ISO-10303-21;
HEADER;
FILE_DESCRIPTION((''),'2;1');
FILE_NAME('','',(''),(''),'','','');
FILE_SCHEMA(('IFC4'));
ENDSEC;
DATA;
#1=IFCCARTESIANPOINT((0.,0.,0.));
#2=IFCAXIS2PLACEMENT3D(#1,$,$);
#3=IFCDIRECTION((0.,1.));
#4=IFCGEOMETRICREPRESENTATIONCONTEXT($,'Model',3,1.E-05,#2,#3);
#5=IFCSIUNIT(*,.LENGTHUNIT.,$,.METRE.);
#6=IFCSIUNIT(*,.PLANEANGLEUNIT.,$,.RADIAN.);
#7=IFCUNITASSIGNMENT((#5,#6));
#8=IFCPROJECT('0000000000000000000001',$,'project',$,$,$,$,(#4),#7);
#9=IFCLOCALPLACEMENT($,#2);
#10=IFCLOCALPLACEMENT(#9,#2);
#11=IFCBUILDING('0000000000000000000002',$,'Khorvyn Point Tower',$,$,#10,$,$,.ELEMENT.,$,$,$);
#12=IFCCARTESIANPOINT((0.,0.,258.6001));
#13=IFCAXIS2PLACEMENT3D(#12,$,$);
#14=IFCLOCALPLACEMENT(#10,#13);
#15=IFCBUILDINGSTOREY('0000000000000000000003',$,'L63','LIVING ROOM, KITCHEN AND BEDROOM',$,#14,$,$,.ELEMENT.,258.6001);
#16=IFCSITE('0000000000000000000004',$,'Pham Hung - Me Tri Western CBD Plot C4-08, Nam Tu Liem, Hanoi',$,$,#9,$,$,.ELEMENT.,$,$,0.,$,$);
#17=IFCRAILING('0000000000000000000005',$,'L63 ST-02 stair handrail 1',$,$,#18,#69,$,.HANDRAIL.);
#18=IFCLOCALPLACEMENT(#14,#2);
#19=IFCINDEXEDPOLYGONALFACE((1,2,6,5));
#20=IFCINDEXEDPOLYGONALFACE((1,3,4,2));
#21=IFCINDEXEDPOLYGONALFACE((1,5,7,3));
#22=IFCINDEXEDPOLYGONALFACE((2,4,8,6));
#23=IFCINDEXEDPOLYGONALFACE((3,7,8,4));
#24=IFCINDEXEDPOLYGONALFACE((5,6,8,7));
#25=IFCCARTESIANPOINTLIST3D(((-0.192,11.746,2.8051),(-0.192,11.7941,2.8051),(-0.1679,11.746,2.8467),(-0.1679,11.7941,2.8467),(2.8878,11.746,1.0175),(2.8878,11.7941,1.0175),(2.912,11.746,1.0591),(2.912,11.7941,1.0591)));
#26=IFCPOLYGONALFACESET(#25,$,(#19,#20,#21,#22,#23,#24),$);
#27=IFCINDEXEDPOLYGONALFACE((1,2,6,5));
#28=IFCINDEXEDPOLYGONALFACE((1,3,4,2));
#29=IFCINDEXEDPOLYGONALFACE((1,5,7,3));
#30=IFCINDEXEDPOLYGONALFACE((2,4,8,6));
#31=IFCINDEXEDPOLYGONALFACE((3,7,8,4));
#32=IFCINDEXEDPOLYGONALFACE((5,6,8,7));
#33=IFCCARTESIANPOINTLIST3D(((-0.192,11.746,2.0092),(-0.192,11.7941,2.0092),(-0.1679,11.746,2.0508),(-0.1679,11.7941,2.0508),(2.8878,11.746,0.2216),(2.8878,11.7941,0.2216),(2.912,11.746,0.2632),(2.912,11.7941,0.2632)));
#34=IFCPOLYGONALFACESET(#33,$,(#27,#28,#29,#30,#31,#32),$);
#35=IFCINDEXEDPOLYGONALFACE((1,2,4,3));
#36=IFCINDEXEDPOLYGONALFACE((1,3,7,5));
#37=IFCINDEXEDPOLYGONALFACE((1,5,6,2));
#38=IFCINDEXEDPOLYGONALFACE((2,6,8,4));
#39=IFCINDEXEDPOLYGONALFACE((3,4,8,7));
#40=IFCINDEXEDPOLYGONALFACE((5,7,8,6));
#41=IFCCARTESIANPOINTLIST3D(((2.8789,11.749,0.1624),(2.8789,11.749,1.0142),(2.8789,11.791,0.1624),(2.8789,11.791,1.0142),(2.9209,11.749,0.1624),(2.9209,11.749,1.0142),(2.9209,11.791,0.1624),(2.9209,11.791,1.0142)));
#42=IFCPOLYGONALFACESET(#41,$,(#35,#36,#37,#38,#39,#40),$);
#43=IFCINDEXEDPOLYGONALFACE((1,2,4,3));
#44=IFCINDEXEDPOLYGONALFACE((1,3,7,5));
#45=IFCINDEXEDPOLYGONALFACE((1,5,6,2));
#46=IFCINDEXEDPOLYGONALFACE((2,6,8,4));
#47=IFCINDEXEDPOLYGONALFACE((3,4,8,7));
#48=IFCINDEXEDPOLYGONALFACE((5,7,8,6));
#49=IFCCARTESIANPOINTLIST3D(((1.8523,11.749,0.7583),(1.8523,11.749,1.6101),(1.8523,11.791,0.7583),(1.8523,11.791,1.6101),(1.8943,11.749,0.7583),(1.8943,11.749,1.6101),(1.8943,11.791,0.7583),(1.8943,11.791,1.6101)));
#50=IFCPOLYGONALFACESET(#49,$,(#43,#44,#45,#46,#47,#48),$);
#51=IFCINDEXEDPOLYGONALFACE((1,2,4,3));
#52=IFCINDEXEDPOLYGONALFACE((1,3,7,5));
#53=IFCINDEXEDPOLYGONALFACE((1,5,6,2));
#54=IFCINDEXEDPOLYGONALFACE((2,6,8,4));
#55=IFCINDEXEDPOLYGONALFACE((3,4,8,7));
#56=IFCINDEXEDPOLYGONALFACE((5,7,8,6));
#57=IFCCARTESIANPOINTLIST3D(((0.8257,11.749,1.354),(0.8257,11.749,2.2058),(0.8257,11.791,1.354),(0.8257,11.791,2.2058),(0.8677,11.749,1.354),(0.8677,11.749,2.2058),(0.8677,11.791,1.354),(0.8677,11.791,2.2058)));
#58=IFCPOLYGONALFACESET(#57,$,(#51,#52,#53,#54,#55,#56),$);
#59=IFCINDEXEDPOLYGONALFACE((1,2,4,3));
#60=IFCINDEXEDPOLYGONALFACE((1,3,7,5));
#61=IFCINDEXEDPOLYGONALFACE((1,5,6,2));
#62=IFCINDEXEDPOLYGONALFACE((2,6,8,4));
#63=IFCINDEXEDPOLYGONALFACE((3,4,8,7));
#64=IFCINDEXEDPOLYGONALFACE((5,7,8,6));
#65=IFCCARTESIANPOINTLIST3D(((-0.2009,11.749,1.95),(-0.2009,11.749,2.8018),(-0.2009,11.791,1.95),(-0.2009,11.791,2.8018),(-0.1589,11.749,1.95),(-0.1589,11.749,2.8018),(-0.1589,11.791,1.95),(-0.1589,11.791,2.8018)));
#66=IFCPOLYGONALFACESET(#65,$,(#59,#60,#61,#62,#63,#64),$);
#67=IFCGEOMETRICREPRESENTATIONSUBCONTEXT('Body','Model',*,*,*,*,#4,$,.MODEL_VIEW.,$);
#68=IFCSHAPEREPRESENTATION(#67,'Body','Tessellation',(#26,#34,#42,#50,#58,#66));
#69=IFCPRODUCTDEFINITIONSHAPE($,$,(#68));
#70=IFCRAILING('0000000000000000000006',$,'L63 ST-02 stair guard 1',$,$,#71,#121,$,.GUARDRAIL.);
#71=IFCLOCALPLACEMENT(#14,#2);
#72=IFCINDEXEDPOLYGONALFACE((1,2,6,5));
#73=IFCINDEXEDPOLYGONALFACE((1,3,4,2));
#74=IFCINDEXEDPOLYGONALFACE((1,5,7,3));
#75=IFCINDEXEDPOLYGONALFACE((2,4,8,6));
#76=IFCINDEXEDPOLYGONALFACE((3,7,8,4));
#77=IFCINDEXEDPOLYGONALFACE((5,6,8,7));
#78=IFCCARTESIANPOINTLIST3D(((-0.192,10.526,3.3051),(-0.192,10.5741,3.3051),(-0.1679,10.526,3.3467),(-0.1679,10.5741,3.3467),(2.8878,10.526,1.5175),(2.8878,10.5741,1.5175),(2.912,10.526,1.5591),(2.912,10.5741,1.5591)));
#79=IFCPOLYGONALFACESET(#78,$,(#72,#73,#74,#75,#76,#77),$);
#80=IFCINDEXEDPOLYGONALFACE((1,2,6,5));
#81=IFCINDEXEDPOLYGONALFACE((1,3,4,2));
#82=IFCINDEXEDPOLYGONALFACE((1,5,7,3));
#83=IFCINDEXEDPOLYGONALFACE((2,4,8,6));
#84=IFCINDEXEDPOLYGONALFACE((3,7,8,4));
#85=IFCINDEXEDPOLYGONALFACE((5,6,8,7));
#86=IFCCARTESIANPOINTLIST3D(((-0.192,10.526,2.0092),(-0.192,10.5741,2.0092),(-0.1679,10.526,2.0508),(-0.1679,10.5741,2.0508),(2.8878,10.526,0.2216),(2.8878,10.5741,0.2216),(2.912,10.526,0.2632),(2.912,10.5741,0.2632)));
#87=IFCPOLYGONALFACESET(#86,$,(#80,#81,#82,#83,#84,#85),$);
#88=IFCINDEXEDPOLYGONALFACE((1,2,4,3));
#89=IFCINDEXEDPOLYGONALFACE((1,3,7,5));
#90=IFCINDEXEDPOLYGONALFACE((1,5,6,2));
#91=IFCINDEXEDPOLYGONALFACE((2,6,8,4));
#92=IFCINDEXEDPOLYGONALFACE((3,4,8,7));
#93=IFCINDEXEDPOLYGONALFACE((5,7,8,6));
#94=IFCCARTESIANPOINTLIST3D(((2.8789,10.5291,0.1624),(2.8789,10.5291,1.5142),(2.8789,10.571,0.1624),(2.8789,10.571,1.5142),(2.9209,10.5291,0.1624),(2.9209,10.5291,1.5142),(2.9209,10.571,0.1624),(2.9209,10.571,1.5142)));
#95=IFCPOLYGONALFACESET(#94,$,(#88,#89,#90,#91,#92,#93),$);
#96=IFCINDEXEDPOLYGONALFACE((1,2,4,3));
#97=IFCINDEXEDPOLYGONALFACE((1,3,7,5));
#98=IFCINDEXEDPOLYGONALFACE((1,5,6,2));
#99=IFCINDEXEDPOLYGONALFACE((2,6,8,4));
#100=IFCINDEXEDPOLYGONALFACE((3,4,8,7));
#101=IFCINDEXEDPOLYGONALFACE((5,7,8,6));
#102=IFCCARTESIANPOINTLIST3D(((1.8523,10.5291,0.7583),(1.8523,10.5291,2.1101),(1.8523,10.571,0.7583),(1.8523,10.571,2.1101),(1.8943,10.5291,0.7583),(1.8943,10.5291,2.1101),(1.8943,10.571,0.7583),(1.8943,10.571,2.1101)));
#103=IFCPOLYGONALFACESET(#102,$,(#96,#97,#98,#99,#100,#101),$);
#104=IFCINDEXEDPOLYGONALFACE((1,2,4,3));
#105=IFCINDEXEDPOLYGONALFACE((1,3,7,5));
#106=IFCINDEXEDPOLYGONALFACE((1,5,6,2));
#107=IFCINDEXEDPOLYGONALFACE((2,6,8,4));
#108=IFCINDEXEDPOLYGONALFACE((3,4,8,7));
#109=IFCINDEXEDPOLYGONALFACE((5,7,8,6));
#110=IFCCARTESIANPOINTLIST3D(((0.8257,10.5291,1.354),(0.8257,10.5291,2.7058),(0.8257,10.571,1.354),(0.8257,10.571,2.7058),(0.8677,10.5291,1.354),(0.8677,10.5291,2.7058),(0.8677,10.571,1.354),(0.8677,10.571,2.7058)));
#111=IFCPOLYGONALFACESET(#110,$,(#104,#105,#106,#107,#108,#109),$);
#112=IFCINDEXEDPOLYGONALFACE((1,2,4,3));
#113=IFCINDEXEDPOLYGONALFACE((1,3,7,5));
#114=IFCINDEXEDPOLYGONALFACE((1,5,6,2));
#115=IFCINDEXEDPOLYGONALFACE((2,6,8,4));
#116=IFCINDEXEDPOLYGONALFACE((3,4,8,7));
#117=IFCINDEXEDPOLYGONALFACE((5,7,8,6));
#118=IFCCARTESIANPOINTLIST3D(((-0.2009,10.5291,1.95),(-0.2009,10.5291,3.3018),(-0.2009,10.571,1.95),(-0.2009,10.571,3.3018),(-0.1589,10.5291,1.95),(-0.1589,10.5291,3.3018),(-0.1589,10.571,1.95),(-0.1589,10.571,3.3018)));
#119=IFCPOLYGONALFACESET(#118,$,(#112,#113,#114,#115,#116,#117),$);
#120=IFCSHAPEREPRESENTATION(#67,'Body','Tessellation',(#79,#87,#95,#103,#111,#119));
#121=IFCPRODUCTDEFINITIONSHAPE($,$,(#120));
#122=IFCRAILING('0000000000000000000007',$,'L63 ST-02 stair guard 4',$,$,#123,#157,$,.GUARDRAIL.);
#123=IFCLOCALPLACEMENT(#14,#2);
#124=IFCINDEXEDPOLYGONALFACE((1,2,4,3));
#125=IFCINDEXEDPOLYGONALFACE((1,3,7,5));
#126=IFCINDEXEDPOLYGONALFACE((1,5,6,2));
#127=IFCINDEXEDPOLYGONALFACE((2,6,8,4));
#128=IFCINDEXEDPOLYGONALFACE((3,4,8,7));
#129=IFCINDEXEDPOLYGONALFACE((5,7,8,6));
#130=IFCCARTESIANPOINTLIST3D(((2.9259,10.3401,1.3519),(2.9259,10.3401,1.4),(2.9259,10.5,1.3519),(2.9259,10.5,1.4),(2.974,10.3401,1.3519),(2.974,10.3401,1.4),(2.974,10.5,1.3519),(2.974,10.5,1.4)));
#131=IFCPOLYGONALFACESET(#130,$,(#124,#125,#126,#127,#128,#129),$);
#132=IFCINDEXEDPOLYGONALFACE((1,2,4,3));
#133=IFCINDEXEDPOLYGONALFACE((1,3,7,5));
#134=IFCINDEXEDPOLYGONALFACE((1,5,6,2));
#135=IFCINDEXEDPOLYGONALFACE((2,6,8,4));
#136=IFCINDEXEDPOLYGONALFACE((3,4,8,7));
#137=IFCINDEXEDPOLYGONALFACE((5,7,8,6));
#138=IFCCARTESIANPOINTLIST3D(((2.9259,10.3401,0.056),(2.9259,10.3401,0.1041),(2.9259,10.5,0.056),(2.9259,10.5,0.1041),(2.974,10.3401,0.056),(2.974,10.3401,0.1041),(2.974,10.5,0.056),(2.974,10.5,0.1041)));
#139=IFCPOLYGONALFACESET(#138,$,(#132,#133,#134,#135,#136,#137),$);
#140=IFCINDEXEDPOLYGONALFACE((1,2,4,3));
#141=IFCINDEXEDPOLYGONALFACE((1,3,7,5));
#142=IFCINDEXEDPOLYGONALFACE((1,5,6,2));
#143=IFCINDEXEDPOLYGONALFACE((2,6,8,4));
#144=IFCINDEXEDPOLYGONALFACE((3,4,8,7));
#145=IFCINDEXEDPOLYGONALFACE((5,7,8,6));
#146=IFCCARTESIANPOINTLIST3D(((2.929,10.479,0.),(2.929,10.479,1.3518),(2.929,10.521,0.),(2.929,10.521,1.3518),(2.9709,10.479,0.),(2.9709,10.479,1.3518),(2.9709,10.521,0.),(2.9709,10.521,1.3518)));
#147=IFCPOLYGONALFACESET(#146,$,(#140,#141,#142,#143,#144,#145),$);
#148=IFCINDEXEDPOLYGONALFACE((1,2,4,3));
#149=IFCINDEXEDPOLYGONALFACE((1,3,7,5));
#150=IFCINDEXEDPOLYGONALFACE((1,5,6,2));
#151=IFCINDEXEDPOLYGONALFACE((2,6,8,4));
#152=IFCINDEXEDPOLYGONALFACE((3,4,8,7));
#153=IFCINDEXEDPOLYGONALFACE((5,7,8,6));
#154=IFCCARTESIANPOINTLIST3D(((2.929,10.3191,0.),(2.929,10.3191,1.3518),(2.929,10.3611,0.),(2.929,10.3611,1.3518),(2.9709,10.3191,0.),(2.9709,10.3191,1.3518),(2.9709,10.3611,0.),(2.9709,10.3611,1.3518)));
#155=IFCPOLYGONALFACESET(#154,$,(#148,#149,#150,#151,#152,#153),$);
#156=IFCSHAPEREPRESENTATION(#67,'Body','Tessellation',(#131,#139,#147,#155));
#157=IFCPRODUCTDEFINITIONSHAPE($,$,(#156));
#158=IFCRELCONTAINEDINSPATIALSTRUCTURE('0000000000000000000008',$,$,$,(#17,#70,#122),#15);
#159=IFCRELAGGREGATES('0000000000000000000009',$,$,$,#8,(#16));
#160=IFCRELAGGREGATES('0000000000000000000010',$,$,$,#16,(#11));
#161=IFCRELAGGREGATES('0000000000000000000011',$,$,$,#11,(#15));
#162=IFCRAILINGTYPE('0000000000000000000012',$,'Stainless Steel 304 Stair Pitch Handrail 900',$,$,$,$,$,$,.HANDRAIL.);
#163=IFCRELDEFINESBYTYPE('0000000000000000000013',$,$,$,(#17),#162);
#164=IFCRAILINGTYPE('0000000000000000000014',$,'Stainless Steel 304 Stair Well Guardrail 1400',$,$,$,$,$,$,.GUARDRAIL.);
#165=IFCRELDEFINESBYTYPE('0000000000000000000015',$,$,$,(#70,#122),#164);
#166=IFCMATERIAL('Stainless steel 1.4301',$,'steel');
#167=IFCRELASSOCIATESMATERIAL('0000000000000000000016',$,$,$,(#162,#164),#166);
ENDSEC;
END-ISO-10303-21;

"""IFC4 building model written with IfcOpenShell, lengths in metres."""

from ifc_helpers import new_model, si_unit, direction, frame, origin, origin_2d, place, context, subcontext, project, spatial, rectangle, extrude, material, type_object, element, save


model = new_model("IFC4")

# Units and contexts
model_context = context("Model", 3, precision=1e-05, world=origin(), true_north=direction((0.0, 1.0)))
body_context = subcontext(model_context, "Body", "Model", "MODEL_VIEW")
ifc_project = project(units=[si_unit("LENGTHUNIT", "METRE"), si_unit("PLANEANGLEUNIT", "RADIAN")], contexts=[model_context])

# Site, building, storey
site_placement = place(None, origin())
site = spatial("IfcSite", under=ifc_project, at=site_placement, Name="Pham Hung - Me Tri Western CBD Plot C4-08, Nam Tu Liem, Hanoi", CompositionType="ELEMENT", RefElevation=0.0)
building_placement = place(site_placement, origin())
building = spatial("IfcBuilding", under=site, at=building_placement, Name="Khorvyn Point Tower", CompositionType="ELEMENT")
storey_placement = place(building_placement, frame((0.0, 0.0, 258.6001)))
storey = spatial("IfcBuildingStorey", under=building, at=storey_placement, Name="L63", Description="LIVING ROOM, KITCHEN AND BEDROOM", CompositionType="ELEMENT", Elevation=258.6001)

# Shared definitions
ifc_material_1 = material(Name="Stainless steel 1.4301", Category="steel")

# Railings
railing_type_1 = type_object("IfcRailingType", Name="Stainless Steel 304 Stair Pitch Handrail 900", PredefinedType="HANDRAIL", material=ifc_material_1)
railing_1_placement = place(storey_placement, frame((2.8999, 11.77, 0.1624)))
element("IfcRailing", 1, at=railing_1_placement, inside=storey, type_object=railing_type_1, Name="L63 ST-02 stair handrail 1", PredefinedType="HANDRAIL", context=body_context, shape_type="SweptSolid", body=[
    extrude(rectangle(XDim=0.0481, YDim=0.0481, at=origin_2d()), frame((0.0, 0.0, 0.876), z_axis=(-0.864873, 0.0, 0.50199), x_axis=(0.0, -1.0, 0.0)), (0.0, 0.0, 1.0), 3.561),
    extrude(rectangle(XDim=0.0481, YDim=0.0481, at=origin_2d()), frame((0.0, 0.0, 0.0801), z_axis=(-0.864873, 0.0, 0.50199), x_axis=(0.0, -1.0, 0.0)), (0.0, 0.0, 1.0), 3.561),
    extrude(rectangle(XDim=0.042, YDim=0.042, at=origin_2d()), origin(), (0.0, 0.0, 1.0), 0.8518),
    extrude(rectangle(XDim=0.042, YDim=0.042, at=origin_2d()), frame((-1.0266, 0.0, 0.5959)), (0.0, 0.0, 1.0), 0.8518),
    extrude(rectangle(XDim=0.042, YDim=0.042, at=origin_2d()), frame((-2.0532, 0.0, 1.1917)), (0.0, 0.0, 1.0), 0.8518),
    extrude(rectangle(XDim=0.042, YDim=0.042, at=origin_2d()), frame((-3.0798, 0.0, 1.7876)), (0.0, 0.0, 1.0), 0.8518),
])
railing_type_2 = type_object("IfcRailingType", Name="Stainless Steel 304 Stair Well Guardrail 1400", PredefinedType="GUARDRAIL", material=ifc_material_1)
railing_2_placement = place(storey_placement, frame((2.8999, 10.55, 0.1624)))
element("IfcRailing", 2, at=railing_2_placement, inside=storey, type_object=railing_type_2, Name="L63 ST-02 stair guard 1", PredefinedType="GUARDRAIL", context=body_context, shape_type="SweptSolid", body=[
    extrude(rectangle(XDim=0.0481, YDim=0.0481, at=origin_2d()), frame((0.0, 0.0, 1.376), z_axis=(-0.864873, 0.0, 0.50199), x_axis=(0.0, -1.0, 0.0)), (0.0, 0.0, 1.0), 3.561),
    extrude(rectangle(XDim=0.0481, YDim=0.0481, at=origin_2d()), frame((0.0, 0.0, 0.0801), z_axis=(-0.864873, 0.0, 0.50199), x_axis=(0.0, -1.0, 0.0)), (0.0, 0.0, 1.0), 3.561),
    extrude(rectangle(XDim=0.042, YDim=0.042, at=origin_2d()), origin(), (0.0, 0.0, 1.0), 1.3518),
    extrude(rectangle(XDim=0.042, YDim=0.042, at=origin_2d()), frame((-1.0266, 0.0, 0.5959)), (0.0, 0.0, 1.0), 1.3518),
    extrude(rectangle(XDim=0.042, YDim=0.042, at=origin_2d()), frame((-2.0532, 0.0, 1.1917)), (0.0, 0.0, 1.0), 1.3518),
    extrude(rectangle(XDim=0.042, YDim=0.042, at=origin_2d()), frame((-3.0798, 0.0, 1.7876)), (0.0, 0.0, 1.0), 1.3518),
])
railing_3_placement = place(storey_placement, frame((2.95, 10.5, 0.0)))
element("IfcRailing", 3, at=railing_3_placement, inside=storey, type_object=railing_type_2, Name="L63 ST-02 stair guard 4", PredefinedType="GUARDRAIL", context=body_context, shape_type="SweptSolid", body=[
    extrude(rectangle(XDim=0.0481, YDim=0.0481, at=origin_2d()), frame((0.0, 0.0, 1.376), z_axis=(0.0, -1.0, 0.0), x_axis=(1.0, 0.0, 0.0)), (0.0, 0.0, 1.0), 0.1599),
    extrude(rectangle(XDim=0.0481, YDim=0.0481, at=origin_2d()), frame((0.0, 0.0, 0.0801), z_axis=(0.0, -1.0, 0.0), x_axis=(1.0, 0.0, 0.0)), (0.0, 0.0, 1.0), 0.1599),
    extrude(rectangle(XDim=0.042, YDim=0.042, at=origin_2d()), origin(), (0.0, 0.0, 1.0), 1.3518),
    extrude(rectangle(XDim=0.042, YDim=0.042, at=origin_2d()), frame((0.0, -0.1599, 0.0)), (0.0, 0.0, 1.0), 1.3518),
])

save(model, "model.ifc")
